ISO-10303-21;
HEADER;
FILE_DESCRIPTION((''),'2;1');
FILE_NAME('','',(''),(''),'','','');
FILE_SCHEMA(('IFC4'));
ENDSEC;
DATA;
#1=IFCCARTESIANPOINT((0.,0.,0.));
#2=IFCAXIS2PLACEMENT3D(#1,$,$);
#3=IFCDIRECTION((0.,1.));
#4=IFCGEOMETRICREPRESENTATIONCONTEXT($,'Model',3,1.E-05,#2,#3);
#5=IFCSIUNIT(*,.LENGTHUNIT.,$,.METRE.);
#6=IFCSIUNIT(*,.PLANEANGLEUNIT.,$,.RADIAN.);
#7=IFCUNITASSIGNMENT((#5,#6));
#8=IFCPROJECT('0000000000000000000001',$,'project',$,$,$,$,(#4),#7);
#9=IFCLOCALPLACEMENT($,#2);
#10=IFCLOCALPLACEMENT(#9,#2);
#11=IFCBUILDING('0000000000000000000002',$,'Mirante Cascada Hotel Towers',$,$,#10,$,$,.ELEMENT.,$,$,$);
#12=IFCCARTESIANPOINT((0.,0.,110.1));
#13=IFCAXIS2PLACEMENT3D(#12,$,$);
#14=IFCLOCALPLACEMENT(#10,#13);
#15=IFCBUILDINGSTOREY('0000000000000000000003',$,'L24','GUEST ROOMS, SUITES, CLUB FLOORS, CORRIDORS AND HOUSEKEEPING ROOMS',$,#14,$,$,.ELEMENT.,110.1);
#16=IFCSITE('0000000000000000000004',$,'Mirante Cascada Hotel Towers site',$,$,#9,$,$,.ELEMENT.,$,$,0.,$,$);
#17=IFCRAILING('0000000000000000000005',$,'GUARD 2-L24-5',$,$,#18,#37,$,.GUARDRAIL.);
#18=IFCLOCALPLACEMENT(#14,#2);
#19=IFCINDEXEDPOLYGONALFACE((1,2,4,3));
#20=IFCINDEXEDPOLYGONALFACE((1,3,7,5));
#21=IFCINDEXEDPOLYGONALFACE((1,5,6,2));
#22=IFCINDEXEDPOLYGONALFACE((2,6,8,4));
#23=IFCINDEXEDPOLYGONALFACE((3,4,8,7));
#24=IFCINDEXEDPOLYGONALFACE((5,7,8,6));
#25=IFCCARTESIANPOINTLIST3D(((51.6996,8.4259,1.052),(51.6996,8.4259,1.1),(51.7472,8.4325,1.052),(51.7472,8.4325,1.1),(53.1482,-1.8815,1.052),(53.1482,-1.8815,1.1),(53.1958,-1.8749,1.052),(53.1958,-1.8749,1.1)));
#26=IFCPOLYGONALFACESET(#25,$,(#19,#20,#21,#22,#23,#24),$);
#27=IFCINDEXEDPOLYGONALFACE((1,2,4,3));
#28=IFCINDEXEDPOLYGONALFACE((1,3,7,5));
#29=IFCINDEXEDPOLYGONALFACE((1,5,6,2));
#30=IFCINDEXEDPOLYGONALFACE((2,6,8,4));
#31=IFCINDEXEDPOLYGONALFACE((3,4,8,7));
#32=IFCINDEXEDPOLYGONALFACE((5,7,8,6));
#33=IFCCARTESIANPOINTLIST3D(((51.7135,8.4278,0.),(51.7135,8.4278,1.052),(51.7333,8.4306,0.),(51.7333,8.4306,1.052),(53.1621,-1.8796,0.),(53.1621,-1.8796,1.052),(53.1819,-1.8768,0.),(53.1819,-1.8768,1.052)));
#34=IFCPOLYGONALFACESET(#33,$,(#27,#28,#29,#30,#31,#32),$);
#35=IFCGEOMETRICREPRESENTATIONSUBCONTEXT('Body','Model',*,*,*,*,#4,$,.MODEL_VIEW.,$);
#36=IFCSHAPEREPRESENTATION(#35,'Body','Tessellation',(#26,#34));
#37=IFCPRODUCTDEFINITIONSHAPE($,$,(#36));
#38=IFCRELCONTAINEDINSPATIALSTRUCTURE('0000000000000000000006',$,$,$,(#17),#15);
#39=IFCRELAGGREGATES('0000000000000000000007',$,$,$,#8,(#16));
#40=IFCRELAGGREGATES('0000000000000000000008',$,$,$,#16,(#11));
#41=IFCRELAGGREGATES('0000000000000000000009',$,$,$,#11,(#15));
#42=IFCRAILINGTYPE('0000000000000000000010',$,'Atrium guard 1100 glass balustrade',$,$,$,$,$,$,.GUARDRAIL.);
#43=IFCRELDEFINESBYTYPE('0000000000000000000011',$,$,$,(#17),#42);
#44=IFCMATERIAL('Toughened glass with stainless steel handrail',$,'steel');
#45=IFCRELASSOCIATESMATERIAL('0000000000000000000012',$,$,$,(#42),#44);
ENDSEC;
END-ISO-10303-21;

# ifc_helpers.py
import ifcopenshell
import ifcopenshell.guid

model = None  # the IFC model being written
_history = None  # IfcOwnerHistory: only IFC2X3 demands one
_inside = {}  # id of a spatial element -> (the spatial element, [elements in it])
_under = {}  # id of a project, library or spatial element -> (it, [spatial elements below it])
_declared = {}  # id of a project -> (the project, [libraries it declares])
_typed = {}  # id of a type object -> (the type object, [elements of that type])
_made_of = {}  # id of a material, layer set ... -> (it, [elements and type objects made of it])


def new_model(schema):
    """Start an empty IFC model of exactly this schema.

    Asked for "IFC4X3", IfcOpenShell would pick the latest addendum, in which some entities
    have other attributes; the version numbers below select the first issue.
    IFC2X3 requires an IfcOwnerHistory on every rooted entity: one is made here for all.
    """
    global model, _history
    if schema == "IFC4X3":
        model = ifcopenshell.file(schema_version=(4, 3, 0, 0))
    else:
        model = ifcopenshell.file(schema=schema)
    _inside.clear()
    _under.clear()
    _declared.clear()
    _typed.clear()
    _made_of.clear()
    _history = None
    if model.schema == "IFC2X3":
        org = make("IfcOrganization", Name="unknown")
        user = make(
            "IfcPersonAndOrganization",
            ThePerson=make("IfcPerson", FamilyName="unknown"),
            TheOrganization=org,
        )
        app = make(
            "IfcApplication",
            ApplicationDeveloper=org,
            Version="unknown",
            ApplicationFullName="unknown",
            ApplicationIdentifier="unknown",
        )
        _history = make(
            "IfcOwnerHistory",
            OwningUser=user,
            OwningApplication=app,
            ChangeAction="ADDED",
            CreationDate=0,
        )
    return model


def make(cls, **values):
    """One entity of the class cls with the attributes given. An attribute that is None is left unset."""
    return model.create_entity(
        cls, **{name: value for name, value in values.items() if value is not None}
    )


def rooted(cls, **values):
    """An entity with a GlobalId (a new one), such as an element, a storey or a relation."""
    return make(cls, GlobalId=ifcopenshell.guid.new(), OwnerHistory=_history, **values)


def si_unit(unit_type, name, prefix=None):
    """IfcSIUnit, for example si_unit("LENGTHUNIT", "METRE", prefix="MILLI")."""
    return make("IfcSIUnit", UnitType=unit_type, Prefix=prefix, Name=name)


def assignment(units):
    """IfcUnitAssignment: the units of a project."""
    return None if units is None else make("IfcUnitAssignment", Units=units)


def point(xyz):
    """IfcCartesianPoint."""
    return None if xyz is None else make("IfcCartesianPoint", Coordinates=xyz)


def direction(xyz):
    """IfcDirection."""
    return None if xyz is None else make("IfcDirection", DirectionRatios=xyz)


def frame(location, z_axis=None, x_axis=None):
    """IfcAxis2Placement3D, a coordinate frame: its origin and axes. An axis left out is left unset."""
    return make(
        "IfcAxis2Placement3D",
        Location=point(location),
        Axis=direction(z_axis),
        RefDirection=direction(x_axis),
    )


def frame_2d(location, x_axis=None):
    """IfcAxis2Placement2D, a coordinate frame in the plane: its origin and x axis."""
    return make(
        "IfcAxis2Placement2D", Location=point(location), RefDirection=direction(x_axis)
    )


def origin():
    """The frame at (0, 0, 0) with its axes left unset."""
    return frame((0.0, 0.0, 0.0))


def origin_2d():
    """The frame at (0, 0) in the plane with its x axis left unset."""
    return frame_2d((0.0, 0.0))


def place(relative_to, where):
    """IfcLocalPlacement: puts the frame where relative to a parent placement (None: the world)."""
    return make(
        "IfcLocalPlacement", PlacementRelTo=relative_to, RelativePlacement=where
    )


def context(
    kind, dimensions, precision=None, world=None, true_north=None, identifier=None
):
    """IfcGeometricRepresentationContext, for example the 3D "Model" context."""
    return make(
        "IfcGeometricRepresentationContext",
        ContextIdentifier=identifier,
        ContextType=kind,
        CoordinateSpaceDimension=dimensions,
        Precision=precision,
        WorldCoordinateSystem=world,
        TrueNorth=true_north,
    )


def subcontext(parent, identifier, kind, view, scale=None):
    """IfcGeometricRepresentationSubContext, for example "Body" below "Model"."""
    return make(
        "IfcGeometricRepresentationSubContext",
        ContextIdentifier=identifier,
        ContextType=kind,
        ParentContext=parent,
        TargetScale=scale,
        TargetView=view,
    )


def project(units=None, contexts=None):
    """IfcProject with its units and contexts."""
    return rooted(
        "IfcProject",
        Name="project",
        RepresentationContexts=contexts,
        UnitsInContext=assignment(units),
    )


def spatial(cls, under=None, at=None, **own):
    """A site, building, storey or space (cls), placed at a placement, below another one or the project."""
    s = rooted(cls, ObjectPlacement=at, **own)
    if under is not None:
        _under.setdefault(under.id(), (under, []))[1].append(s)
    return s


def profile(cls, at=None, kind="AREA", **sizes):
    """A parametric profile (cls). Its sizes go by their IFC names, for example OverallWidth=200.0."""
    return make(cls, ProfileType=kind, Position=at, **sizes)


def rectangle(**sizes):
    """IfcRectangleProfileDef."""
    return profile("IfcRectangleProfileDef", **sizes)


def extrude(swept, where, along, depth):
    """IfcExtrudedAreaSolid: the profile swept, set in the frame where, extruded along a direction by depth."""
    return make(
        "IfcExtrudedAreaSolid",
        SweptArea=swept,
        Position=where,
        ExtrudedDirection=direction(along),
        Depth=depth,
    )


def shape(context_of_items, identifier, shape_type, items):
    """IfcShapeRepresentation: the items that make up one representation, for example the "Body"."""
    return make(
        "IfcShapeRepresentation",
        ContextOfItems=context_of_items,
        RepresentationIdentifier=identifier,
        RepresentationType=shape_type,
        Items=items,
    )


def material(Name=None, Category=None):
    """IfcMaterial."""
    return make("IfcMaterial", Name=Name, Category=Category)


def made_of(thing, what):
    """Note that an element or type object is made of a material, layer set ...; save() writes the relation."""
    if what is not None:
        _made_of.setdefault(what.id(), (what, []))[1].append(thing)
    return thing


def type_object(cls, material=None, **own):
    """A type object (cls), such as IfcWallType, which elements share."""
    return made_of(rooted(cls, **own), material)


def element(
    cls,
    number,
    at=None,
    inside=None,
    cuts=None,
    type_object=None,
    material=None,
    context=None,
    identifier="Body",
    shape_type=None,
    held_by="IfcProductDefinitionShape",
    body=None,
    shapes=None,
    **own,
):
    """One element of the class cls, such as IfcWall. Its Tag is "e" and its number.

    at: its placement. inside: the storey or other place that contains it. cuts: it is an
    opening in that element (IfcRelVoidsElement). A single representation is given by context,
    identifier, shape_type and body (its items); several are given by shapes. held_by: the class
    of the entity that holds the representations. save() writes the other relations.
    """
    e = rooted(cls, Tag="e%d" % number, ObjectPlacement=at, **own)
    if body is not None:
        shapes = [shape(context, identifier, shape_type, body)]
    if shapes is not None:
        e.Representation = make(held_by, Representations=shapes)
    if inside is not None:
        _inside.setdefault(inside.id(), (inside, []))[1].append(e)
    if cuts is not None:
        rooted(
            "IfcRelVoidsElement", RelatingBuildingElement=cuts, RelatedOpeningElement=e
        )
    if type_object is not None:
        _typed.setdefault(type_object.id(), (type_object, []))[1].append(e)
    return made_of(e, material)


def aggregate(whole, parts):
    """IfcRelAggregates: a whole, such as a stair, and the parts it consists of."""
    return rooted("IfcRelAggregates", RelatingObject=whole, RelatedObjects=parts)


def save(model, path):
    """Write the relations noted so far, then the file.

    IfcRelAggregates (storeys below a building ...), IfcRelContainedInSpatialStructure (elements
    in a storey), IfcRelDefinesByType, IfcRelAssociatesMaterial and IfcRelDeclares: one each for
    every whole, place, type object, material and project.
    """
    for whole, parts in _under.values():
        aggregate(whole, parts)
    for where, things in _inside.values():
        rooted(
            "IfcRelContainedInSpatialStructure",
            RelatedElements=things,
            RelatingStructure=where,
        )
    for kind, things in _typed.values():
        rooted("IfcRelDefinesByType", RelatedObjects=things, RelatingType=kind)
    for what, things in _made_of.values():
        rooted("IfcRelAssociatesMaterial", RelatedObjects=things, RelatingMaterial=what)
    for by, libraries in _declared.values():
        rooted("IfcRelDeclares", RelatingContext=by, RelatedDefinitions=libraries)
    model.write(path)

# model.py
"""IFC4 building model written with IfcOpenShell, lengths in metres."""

from ifc_helpers import new_model, si_unit, direction, frame, origin, origin_2d, place, context, subcontext, project, spatial, rectangle, extrude, material, type_object, element, save


model = new_model("IFC4")

# Units and contexts
model_context = context("Model", 3, precision=1e-05, world=origin(), true_north=direction((0.0, 1.0)))
body_context = subcontext(model_context, "Body", "Model", "MODEL_VIEW")
ifc_project = project(units=[si_unit("LENGTHUNIT", "METRE"), si_unit("PLANEANGLEUNIT", "RADIAN")], contexts=[model_context])

# Site, building, storey
site_placement = place(None, origin())
site = spatial("IfcSite", under=ifc_project, at=site_placement, Name="Mirante Cascada Hotel Towers site", CompositionType="ELEMENT", RefElevation=0.0)
building_placement = place(site_placement, origin())
building = spatial("IfcBuilding", under=site, at=building_placement, Name="Mirante Cascada Hotel Towers", CompositionType="ELEMENT")
storey_placement = place(building_placement, frame((0.0, 0.0, 110.1)))
storey = spatial("IfcBuildingStorey", under=building, at=storey_placement, Name="L24", Description="GUEST ROOMS, SUITES, CLUB FLOORS, CORRIDORS AND HOUSEKEEPING ROOMS", CompositionType="ELEMENT", Elevation=110.1)

# Railing
ifc_material_1 = material(Name="Toughened glass with stainless steel handrail", Category="steel")
railing_type = type_object("IfcRailingType", Name="Atrium guard 1100 glass balustrade", PredefinedType="GUARDRAIL", material=ifc_material_1)
railing_1_placement = place(storey_placement, frame((51.7234, 8.4292, 0.0)))
element("IfcRailing", 1, at=railing_1_placement, inside=storey, type_object=railing_type, Name="GUARD 2-L24-5", PredefinedType="GUARDRAIL", context=body_context, shape_type="SweptSolid", body=[
    extrude(rectangle(XDim=0.048, YDim=0.048, at=origin_2d()), frame((0.0, 0.0, 1.076), z_axis=(0.139172, -0.990268, 0.0), x_axis=(0.990268, 0.139172, 0.0)), (0.0, 0.0, 1.0), 10.4087),
    extrude(rectangle(XDim=0.02, YDim=1.052, at=origin_2d()), frame((0.0, 0.0, 0.526), z_axis=(0.139172, -0.990268, 0.0), x_axis=(0.990268, 0.139172, 0.0)), (0.0, 0.0, 1.0), 10.4087),
])

save(model, "model.ifc")
